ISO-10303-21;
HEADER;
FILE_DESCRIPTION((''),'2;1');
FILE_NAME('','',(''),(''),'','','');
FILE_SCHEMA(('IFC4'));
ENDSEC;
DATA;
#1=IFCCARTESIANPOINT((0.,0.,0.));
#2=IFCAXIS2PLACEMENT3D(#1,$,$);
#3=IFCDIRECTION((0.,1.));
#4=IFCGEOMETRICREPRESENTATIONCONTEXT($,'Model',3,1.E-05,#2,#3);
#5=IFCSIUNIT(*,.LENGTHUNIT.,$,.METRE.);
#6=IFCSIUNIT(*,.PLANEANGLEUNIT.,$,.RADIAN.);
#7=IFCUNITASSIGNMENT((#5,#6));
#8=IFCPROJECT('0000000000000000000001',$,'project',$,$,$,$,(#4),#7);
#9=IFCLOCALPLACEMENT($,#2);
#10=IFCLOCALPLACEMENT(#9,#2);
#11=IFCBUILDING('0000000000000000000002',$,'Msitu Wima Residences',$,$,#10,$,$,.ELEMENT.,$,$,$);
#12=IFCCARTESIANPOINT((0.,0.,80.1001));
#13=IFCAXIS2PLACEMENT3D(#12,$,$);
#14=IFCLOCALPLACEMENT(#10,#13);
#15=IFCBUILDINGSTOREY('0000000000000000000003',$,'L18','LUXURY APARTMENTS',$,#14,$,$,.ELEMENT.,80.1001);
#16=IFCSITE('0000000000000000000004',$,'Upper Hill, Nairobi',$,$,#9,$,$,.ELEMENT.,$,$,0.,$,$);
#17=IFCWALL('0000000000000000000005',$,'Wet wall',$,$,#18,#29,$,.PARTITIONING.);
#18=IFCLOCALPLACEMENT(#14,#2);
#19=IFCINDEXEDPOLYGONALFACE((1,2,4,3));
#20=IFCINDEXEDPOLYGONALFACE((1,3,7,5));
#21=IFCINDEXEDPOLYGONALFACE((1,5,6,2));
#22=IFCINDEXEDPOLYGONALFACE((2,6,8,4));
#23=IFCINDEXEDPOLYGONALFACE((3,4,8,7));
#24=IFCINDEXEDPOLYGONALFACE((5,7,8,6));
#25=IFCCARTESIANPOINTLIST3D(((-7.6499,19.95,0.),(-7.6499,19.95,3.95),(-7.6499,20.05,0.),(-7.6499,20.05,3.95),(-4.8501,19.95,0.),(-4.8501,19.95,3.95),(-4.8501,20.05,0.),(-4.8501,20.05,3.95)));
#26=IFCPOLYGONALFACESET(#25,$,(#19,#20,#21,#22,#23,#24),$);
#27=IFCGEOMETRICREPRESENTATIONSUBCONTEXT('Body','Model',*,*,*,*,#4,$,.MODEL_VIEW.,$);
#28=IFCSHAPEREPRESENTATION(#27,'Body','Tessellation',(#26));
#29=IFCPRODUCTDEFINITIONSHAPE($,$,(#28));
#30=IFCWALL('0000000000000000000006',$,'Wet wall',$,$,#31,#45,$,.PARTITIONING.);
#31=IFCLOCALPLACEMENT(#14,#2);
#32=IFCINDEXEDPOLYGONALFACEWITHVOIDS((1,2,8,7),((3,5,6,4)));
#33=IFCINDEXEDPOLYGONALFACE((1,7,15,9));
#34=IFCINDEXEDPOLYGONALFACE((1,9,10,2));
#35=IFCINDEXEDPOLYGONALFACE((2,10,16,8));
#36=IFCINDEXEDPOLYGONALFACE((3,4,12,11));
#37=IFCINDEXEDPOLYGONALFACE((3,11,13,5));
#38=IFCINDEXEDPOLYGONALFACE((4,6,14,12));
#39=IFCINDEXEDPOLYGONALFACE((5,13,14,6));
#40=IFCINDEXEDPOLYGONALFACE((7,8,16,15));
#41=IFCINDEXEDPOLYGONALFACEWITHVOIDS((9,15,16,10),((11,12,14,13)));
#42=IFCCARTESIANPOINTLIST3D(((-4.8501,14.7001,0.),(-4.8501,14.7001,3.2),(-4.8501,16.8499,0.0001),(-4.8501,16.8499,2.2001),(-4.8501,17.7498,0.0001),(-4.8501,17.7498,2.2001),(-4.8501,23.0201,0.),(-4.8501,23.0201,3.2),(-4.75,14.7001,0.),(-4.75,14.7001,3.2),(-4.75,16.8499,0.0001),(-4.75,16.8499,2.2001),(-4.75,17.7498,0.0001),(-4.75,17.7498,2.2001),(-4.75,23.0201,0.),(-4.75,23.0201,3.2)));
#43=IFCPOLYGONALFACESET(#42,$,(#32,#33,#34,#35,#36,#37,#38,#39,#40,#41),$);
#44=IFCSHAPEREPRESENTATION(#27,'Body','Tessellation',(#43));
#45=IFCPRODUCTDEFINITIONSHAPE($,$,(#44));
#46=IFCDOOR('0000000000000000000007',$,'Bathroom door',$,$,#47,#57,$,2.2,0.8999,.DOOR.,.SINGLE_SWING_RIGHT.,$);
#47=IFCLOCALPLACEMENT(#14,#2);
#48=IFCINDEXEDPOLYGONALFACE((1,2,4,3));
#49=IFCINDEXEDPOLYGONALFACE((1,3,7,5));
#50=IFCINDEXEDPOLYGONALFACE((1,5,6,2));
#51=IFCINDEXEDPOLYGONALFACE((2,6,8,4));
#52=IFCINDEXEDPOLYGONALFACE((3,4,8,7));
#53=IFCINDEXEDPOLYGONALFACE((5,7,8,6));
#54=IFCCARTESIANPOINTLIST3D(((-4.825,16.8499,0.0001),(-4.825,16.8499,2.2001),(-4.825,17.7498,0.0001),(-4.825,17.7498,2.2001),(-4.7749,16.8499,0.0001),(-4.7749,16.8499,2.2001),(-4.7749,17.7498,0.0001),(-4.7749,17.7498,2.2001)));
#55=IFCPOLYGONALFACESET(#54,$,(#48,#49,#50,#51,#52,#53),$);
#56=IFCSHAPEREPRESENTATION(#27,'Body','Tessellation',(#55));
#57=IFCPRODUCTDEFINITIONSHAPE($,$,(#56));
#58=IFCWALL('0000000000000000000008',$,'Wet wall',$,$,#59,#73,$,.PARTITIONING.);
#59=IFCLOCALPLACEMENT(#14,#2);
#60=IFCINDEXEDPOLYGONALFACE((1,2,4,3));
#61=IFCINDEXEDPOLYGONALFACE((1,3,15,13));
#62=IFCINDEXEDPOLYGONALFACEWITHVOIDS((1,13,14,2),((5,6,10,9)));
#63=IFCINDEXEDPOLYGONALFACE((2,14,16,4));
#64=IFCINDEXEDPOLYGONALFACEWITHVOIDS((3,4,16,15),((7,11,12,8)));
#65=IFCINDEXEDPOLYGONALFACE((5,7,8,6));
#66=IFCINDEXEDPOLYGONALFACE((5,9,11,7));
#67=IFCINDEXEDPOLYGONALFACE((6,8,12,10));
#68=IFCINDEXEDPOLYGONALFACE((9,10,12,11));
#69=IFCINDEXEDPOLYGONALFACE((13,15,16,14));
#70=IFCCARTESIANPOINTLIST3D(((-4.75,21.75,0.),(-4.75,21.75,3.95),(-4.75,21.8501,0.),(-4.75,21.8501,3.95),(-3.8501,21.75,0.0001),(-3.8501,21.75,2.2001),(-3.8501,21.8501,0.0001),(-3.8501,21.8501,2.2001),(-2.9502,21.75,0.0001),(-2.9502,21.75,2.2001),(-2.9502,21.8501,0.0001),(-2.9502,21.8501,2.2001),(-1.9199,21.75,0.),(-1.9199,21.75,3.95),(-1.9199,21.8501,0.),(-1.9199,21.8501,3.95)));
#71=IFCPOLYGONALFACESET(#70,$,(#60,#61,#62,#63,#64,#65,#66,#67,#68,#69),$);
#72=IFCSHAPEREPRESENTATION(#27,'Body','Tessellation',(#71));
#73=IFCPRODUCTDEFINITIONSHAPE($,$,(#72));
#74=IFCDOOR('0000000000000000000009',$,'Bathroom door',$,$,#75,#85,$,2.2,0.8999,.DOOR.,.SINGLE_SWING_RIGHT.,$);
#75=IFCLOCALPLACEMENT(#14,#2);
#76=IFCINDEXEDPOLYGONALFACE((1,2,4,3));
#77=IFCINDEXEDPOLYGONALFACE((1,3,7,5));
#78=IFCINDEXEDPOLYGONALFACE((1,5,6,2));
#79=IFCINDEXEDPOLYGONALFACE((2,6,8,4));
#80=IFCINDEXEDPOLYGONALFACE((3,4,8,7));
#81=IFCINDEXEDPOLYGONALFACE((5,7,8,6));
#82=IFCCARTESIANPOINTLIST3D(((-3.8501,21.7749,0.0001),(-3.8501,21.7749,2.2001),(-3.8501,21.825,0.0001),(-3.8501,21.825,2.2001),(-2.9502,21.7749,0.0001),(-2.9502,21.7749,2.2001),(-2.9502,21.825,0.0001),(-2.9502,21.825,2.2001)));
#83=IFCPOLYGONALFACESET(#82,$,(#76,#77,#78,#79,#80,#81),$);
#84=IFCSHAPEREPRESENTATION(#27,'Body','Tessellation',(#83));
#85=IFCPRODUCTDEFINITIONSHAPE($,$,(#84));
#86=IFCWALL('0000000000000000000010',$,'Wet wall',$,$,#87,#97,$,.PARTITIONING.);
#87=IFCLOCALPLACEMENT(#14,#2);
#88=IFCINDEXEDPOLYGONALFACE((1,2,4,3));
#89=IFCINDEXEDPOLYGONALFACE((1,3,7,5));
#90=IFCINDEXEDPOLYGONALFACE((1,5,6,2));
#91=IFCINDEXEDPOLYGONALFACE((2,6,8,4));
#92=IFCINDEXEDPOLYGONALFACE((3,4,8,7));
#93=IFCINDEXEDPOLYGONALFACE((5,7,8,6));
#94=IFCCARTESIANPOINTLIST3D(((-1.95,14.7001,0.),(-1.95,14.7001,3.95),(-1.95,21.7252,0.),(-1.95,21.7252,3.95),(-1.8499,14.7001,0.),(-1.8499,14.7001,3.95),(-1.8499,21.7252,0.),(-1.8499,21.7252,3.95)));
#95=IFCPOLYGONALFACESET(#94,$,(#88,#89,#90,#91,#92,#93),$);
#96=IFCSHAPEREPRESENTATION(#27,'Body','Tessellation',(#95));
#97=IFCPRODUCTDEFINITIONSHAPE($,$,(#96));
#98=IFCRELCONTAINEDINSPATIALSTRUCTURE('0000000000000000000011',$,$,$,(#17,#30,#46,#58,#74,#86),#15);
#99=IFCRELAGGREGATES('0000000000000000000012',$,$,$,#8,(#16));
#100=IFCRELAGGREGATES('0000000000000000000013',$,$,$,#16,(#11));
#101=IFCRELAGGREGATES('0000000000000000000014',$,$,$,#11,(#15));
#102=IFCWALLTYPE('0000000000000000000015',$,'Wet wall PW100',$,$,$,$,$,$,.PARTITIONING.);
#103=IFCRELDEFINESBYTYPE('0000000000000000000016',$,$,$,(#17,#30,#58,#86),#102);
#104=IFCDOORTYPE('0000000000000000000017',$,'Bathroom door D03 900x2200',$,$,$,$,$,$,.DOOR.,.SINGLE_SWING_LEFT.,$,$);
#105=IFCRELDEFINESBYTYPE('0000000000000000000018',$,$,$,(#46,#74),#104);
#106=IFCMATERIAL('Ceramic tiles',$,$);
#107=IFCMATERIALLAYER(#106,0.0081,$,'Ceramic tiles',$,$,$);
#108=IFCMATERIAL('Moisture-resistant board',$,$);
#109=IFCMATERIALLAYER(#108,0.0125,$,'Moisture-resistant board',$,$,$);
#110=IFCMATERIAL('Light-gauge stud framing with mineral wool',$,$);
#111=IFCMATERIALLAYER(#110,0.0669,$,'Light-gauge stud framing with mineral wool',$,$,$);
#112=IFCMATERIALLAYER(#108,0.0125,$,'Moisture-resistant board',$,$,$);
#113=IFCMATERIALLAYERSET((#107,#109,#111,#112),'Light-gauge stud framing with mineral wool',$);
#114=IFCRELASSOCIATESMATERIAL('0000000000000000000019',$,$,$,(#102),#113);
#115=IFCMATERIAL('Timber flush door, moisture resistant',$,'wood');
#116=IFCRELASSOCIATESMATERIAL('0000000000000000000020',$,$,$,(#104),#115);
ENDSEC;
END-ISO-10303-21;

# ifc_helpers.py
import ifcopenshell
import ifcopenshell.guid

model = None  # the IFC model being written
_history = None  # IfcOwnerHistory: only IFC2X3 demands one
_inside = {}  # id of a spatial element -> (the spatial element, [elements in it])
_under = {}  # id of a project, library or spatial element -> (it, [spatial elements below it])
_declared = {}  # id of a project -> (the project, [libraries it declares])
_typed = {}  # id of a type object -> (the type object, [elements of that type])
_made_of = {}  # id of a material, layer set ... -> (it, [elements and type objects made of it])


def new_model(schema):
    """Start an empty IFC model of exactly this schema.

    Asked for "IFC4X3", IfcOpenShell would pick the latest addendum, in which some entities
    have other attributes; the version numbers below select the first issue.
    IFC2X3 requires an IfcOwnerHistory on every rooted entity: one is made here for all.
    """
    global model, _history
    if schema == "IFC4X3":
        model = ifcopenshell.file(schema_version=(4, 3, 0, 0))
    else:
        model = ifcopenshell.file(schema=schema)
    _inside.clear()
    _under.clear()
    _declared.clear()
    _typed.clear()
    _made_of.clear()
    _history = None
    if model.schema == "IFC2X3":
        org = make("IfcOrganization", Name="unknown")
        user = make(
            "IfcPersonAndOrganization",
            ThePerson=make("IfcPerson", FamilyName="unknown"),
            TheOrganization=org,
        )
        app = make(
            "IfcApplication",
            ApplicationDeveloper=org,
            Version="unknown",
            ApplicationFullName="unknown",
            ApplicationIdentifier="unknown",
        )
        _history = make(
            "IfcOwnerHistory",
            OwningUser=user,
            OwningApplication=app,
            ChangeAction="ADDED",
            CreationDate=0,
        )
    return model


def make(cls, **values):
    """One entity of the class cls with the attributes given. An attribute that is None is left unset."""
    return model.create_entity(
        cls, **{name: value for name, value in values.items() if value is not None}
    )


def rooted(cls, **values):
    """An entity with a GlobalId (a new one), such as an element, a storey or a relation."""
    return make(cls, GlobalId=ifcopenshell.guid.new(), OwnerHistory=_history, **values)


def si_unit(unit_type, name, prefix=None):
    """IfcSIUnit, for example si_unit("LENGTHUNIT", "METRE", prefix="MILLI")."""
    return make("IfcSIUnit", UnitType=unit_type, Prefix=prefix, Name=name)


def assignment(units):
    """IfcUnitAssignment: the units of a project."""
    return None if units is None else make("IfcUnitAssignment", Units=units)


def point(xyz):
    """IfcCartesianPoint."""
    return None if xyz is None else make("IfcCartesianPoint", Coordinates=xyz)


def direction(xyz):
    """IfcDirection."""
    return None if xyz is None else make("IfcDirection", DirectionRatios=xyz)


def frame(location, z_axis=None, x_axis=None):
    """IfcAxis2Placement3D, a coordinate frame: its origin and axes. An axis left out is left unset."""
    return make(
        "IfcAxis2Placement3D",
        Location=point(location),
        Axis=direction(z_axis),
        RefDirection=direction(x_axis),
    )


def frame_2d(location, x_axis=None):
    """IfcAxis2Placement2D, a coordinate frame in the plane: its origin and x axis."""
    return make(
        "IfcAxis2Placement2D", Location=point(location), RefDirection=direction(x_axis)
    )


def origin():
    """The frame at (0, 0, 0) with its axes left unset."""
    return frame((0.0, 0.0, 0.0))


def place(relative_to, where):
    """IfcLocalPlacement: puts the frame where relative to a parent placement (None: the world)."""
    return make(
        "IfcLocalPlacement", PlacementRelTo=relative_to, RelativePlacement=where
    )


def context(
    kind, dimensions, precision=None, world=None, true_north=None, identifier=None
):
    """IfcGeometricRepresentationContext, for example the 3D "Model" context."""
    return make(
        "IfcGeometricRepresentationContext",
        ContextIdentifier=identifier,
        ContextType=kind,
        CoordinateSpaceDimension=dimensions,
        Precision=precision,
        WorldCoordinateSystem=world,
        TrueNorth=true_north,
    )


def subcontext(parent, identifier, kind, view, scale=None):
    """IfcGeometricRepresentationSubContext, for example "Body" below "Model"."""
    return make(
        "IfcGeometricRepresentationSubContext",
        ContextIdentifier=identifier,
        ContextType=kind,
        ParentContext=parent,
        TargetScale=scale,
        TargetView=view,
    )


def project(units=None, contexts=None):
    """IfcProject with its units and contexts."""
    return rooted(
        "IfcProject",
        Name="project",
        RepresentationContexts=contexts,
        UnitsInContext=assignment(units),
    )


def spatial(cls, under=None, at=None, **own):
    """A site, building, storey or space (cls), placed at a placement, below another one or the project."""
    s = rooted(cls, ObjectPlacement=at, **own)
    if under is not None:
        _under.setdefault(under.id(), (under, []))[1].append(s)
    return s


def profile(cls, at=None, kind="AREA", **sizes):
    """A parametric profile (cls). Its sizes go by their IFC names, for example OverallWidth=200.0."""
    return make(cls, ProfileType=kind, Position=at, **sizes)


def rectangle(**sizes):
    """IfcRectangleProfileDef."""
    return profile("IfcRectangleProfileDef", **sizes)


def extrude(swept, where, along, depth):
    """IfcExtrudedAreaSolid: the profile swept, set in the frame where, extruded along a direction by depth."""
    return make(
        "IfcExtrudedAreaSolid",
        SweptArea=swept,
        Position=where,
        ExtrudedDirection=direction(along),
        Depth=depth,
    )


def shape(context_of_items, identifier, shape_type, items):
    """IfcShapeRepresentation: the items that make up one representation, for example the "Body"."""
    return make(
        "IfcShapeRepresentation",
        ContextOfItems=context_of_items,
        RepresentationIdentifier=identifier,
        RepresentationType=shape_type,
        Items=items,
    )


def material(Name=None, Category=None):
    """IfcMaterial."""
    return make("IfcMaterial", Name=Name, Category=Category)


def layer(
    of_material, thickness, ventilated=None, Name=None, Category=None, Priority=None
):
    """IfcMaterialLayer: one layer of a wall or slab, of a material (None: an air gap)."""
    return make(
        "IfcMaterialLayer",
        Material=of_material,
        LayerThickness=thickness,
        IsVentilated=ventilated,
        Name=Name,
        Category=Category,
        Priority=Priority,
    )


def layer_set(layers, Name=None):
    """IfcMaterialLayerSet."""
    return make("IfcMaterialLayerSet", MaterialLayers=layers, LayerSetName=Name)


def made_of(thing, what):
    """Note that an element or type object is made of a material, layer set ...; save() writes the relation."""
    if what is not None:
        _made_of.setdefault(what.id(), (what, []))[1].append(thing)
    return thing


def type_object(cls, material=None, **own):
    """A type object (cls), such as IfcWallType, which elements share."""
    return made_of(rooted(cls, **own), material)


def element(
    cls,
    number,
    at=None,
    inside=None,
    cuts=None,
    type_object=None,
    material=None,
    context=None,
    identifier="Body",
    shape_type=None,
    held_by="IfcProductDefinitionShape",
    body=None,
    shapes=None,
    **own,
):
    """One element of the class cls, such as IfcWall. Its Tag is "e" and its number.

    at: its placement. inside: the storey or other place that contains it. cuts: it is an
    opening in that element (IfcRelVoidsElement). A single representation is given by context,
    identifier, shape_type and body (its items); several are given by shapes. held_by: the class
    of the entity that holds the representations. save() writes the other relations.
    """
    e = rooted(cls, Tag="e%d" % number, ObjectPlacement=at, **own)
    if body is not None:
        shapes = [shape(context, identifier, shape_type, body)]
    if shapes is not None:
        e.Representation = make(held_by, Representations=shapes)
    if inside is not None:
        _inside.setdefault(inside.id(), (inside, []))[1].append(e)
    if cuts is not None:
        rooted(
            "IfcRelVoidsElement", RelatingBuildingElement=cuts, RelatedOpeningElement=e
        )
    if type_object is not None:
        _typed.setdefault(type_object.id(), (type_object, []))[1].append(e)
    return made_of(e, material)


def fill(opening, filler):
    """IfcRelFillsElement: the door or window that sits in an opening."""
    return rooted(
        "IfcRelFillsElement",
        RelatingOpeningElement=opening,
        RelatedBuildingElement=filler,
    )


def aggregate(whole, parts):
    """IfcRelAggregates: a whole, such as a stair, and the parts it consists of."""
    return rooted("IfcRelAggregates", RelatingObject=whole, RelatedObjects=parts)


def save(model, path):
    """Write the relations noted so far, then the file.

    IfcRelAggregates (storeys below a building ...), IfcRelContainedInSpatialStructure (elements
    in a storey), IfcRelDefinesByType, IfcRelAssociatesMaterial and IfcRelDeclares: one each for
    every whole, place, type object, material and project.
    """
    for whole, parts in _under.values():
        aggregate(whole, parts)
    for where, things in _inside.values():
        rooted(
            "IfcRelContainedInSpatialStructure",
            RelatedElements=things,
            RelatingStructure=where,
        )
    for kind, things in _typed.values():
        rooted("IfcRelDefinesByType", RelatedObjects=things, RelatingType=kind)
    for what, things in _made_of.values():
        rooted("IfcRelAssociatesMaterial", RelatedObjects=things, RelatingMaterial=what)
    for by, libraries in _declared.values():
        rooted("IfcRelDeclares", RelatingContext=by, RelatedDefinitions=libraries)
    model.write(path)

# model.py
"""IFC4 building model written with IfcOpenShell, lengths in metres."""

from ifc_helpers import new_model, si_unit, direction, frame, frame_2d, origin, place, context, subcontext, project, spatial, rectangle, extrude, material, layer, layer_set, type_object, element, fill, save


model = new_model("IFC4")

# Units and contexts
model_context = context("Model", 3, precision=1e-05, world=origin(), true_north=direction((0.0, 1.0)))
body_context = subcontext(model_context, "Body", "Model", "MODEL_VIEW")
ifc_project = project(units=[si_unit("LENGTHUNIT", "METRE"), si_unit("PLANEANGLEUNIT", "RADIAN")], contexts=[model_context])

# Site, building, storey
site_placement = place(None, origin())
site = spatial("IfcSite", under=ifc_project, at=site_placement, Name="Upper Hill, Nairobi", CompositionType="ELEMENT", RefElevation=0.0)
building_placement = place(site_placement, origin())
building = spatial("IfcBuilding", under=site, at=building_placement, Name="Msitu Wima Residences", CompositionType="ELEMENT")
storey_placement = place(building_placement, frame((0.0, 0.0, 80.1001)))
storey = spatial("IfcBuildingStorey", under=building, at=storey_placement, Name="L18", Description="LUXURY APARTMENTS", CompositionType="ELEMENT", Elevation=80.1001)

# Shared definitions
ifc_material_1 = material(Name="Ceramic tiles")
ifc_layer_1 = layer(ifc_material_1, 0.0081, Name="Ceramic tiles")
ifc_material_2 = material(Name="Moisture-resistant board")
ifc_layer_2 = layer(ifc_material_2, 0.0125, Name="Moisture-resistant board")
ifc_material_3 = material(Name="Light-gauge stud framing with mineral wool")
ifc_layer_3 = layer(ifc_material_3, 0.0669, Name="Light-gauge stud framing with mineral wool")
ifc_layer_4 = layer(ifc_material_2, 0.0125, Name="Moisture-resistant board")
ifc_layer_set_1 = layer_set([ifc_layer_1, ifc_layer_2, ifc_layer_3, ifc_layer_4], Name="Light-gauge stud framing with mineral wool")
wall_type_1 = type_object("IfcWallType", Name="Wet wall PW100", PredefinedType="PARTITIONING", material=ifc_layer_set_1)

# Shared definitions
ifc_material_4 = material(Name="Timber flush door, moisture resistant", Category="wood")
door_type_1 = type_object("IfcDoorType", Name="Bathroom door D03 900x2200", OperationType="SINGLE_SWING_LEFT", PredefinedType="DOOR", material=ifc_material_4)

# Wall
wall_1_placement = place(storey_placement, frame((-7.6499, 20.0, 0.0), z_axis=(0.0, 0.0, 1.0), x_axis=(1.0, 0.0, 0.0)))
element("IfcWall", 1, at=wall_1_placement, inside=storey, type_object=wall_type_1, Name="Wet wall", PredefinedType="PARTITIONING", context=body_context, shape_type="SweptSolid", body=[
    extrude(rectangle(XDim=2.7998, YDim=0.1001, at=frame_2d((1.3999, 0.0))), origin(), (0.0, 0.0, 1.0), 3.95),
])

# Walls, openings, doors
wall_2_placement = place(storey_placement, frame((-4.8, 14.7, 0.0), z_axis=(0.0, 0.0, 1.0), x_axis=(0.0, 1.0, 0.0)))
wall_2 = element("IfcWall", 2, at=wall_2_placement, inside=storey, type_object=wall_type_1, Name="Wet wall", PredefinedType="PARTITIONING", context=body_context, shape_type="SweptSolid", body=[
    extrude(rectangle(XDim=8.3201, YDim=0.1001, at=frame_2d((4.1602, 0.0))), origin(), (0.0, 0.0, 1.0), 3.2),
])
opening_1_placement = place(wall_2_placement, frame((2.1499, 0.0, 0.0)))
opening_1 = element("IfcOpeningElement", 3, at=opening_1_placement, cuts=wall_2, PredefinedType="OPENING", context=body_context, shape_type="SweptSolid", body=[
    extrude(rectangle(XDim=0.8999, YDim=2.2, at=frame_2d((0.45, 1.1001))), frame((0.0, 0.0601, 0.0), z_axis=(0.0, -1.0, 0.0), x_axis=(1.0, 0.0, 0.0)), (0.0, 0.0, 1.0), 0.1201),
])
door_1_placement = place(opening_1_placement, origin())
door_1 = element("IfcDoor", 4, at=door_1_placement, inside=storey, type_object=door_type_1, Name="Bathroom door", OperationType="SINGLE_SWING_RIGHT", OverallHeight=2.2, OverallWidth=0.8999, PredefinedType="DOOR", context=body_context, shape_type="SweptSolid", body=[
    extrude(rectangle(XDim=0.8999, YDim=2.2, at=frame_2d((0.45, 1.1001))), frame((0.0, 0.0249, 0.0), z_axis=(0.0, -1.0, 0.0), x_axis=(1.0, 0.0, 0.0)), (0.0, 0.0, 1.0), 0.05),
])
fill(opening_1, door_1)
wall_3_placement = place(storey_placement, frame((-4.75, 21.8, 0.0), z_axis=(0.0, 0.0, 1.0), x_axis=(1.0, 0.0, 0.0)))
wall_3 = element("IfcWall", 5, at=wall_3_placement, inside=storey, type_object=wall_type_1, Name="Wet wall", PredefinedType="PARTITIONING", context=body_context, shape_type="SweptSolid", body=[
    extrude(rectangle(XDim=2.8301, YDim=0.1001, at=frame_2d((1.415, 0.0))), origin(), (0.0, 0.0, 1.0), 3.95),
])
opening_2_placement = place(wall_3_placement, frame((0.8999, 0.0, 0.0)))
opening_2 = element("IfcOpeningElement", 6, at=opening_2_placement, cuts=wall_3, PredefinedType="OPENING", context=body_context, shape_type="SweptSolid", body=[
    extrude(rectangle(XDim=0.8999, YDim=2.2, at=frame_2d((0.45, 1.1001))), frame((0.0, 0.0601, 0.0), z_axis=(0.0, -1.0, 0.0), x_axis=(1.0, 0.0, 0.0)), (0.0, 0.0, 1.0), 0.1201),
])
door_2_placement = place(opening_2_placement, origin())
door_2 = element("IfcDoor", 7, at=door_2_placement, inside=storey, type_object=door_type_1, Name="Bathroom door", OperationType="SINGLE_SWING_RIGHT", OverallHeight=2.2, OverallWidth=0.8999, PredefinedType="DOOR", context=body_context, shape_type="SweptSolid", body=[
    extrude(rectangle(XDim=0.8999, YDim=2.2, at=frame_2d((0.45, 1.1001))), frame((0.0, 0.0249, 0.0), z_axis=(0.0, -1.0, 0.0), x_axis=(1.0, 0.0, 0.0)), (0.0, 0.0, 1.0), 0.05),
])
fill(opening_2, door_2)

# Wall
wall_4_placement = place(storey_placement, frame((-1.8999, 14.7, 0.0), z_axis=(0.0, 0.0, 1.0), x_axis=(0.0, 1.0, 0.0)))
element("IfcWall", 8, at=wall_4_placement, inside=storey, type_object=wall_type_1, Name="Wet wall", PredefinedType="PARTITIONING", context=body_context, shape_type="SweptSolid", body=[
    extrude(rectangle(XDim=7.0251, YDim=0.1001, at=frame_2d((3.5127, 0.0))), origin(), (0.0, 0.0, 1.0), 3.95),
])

save(model, "model.ifc")
